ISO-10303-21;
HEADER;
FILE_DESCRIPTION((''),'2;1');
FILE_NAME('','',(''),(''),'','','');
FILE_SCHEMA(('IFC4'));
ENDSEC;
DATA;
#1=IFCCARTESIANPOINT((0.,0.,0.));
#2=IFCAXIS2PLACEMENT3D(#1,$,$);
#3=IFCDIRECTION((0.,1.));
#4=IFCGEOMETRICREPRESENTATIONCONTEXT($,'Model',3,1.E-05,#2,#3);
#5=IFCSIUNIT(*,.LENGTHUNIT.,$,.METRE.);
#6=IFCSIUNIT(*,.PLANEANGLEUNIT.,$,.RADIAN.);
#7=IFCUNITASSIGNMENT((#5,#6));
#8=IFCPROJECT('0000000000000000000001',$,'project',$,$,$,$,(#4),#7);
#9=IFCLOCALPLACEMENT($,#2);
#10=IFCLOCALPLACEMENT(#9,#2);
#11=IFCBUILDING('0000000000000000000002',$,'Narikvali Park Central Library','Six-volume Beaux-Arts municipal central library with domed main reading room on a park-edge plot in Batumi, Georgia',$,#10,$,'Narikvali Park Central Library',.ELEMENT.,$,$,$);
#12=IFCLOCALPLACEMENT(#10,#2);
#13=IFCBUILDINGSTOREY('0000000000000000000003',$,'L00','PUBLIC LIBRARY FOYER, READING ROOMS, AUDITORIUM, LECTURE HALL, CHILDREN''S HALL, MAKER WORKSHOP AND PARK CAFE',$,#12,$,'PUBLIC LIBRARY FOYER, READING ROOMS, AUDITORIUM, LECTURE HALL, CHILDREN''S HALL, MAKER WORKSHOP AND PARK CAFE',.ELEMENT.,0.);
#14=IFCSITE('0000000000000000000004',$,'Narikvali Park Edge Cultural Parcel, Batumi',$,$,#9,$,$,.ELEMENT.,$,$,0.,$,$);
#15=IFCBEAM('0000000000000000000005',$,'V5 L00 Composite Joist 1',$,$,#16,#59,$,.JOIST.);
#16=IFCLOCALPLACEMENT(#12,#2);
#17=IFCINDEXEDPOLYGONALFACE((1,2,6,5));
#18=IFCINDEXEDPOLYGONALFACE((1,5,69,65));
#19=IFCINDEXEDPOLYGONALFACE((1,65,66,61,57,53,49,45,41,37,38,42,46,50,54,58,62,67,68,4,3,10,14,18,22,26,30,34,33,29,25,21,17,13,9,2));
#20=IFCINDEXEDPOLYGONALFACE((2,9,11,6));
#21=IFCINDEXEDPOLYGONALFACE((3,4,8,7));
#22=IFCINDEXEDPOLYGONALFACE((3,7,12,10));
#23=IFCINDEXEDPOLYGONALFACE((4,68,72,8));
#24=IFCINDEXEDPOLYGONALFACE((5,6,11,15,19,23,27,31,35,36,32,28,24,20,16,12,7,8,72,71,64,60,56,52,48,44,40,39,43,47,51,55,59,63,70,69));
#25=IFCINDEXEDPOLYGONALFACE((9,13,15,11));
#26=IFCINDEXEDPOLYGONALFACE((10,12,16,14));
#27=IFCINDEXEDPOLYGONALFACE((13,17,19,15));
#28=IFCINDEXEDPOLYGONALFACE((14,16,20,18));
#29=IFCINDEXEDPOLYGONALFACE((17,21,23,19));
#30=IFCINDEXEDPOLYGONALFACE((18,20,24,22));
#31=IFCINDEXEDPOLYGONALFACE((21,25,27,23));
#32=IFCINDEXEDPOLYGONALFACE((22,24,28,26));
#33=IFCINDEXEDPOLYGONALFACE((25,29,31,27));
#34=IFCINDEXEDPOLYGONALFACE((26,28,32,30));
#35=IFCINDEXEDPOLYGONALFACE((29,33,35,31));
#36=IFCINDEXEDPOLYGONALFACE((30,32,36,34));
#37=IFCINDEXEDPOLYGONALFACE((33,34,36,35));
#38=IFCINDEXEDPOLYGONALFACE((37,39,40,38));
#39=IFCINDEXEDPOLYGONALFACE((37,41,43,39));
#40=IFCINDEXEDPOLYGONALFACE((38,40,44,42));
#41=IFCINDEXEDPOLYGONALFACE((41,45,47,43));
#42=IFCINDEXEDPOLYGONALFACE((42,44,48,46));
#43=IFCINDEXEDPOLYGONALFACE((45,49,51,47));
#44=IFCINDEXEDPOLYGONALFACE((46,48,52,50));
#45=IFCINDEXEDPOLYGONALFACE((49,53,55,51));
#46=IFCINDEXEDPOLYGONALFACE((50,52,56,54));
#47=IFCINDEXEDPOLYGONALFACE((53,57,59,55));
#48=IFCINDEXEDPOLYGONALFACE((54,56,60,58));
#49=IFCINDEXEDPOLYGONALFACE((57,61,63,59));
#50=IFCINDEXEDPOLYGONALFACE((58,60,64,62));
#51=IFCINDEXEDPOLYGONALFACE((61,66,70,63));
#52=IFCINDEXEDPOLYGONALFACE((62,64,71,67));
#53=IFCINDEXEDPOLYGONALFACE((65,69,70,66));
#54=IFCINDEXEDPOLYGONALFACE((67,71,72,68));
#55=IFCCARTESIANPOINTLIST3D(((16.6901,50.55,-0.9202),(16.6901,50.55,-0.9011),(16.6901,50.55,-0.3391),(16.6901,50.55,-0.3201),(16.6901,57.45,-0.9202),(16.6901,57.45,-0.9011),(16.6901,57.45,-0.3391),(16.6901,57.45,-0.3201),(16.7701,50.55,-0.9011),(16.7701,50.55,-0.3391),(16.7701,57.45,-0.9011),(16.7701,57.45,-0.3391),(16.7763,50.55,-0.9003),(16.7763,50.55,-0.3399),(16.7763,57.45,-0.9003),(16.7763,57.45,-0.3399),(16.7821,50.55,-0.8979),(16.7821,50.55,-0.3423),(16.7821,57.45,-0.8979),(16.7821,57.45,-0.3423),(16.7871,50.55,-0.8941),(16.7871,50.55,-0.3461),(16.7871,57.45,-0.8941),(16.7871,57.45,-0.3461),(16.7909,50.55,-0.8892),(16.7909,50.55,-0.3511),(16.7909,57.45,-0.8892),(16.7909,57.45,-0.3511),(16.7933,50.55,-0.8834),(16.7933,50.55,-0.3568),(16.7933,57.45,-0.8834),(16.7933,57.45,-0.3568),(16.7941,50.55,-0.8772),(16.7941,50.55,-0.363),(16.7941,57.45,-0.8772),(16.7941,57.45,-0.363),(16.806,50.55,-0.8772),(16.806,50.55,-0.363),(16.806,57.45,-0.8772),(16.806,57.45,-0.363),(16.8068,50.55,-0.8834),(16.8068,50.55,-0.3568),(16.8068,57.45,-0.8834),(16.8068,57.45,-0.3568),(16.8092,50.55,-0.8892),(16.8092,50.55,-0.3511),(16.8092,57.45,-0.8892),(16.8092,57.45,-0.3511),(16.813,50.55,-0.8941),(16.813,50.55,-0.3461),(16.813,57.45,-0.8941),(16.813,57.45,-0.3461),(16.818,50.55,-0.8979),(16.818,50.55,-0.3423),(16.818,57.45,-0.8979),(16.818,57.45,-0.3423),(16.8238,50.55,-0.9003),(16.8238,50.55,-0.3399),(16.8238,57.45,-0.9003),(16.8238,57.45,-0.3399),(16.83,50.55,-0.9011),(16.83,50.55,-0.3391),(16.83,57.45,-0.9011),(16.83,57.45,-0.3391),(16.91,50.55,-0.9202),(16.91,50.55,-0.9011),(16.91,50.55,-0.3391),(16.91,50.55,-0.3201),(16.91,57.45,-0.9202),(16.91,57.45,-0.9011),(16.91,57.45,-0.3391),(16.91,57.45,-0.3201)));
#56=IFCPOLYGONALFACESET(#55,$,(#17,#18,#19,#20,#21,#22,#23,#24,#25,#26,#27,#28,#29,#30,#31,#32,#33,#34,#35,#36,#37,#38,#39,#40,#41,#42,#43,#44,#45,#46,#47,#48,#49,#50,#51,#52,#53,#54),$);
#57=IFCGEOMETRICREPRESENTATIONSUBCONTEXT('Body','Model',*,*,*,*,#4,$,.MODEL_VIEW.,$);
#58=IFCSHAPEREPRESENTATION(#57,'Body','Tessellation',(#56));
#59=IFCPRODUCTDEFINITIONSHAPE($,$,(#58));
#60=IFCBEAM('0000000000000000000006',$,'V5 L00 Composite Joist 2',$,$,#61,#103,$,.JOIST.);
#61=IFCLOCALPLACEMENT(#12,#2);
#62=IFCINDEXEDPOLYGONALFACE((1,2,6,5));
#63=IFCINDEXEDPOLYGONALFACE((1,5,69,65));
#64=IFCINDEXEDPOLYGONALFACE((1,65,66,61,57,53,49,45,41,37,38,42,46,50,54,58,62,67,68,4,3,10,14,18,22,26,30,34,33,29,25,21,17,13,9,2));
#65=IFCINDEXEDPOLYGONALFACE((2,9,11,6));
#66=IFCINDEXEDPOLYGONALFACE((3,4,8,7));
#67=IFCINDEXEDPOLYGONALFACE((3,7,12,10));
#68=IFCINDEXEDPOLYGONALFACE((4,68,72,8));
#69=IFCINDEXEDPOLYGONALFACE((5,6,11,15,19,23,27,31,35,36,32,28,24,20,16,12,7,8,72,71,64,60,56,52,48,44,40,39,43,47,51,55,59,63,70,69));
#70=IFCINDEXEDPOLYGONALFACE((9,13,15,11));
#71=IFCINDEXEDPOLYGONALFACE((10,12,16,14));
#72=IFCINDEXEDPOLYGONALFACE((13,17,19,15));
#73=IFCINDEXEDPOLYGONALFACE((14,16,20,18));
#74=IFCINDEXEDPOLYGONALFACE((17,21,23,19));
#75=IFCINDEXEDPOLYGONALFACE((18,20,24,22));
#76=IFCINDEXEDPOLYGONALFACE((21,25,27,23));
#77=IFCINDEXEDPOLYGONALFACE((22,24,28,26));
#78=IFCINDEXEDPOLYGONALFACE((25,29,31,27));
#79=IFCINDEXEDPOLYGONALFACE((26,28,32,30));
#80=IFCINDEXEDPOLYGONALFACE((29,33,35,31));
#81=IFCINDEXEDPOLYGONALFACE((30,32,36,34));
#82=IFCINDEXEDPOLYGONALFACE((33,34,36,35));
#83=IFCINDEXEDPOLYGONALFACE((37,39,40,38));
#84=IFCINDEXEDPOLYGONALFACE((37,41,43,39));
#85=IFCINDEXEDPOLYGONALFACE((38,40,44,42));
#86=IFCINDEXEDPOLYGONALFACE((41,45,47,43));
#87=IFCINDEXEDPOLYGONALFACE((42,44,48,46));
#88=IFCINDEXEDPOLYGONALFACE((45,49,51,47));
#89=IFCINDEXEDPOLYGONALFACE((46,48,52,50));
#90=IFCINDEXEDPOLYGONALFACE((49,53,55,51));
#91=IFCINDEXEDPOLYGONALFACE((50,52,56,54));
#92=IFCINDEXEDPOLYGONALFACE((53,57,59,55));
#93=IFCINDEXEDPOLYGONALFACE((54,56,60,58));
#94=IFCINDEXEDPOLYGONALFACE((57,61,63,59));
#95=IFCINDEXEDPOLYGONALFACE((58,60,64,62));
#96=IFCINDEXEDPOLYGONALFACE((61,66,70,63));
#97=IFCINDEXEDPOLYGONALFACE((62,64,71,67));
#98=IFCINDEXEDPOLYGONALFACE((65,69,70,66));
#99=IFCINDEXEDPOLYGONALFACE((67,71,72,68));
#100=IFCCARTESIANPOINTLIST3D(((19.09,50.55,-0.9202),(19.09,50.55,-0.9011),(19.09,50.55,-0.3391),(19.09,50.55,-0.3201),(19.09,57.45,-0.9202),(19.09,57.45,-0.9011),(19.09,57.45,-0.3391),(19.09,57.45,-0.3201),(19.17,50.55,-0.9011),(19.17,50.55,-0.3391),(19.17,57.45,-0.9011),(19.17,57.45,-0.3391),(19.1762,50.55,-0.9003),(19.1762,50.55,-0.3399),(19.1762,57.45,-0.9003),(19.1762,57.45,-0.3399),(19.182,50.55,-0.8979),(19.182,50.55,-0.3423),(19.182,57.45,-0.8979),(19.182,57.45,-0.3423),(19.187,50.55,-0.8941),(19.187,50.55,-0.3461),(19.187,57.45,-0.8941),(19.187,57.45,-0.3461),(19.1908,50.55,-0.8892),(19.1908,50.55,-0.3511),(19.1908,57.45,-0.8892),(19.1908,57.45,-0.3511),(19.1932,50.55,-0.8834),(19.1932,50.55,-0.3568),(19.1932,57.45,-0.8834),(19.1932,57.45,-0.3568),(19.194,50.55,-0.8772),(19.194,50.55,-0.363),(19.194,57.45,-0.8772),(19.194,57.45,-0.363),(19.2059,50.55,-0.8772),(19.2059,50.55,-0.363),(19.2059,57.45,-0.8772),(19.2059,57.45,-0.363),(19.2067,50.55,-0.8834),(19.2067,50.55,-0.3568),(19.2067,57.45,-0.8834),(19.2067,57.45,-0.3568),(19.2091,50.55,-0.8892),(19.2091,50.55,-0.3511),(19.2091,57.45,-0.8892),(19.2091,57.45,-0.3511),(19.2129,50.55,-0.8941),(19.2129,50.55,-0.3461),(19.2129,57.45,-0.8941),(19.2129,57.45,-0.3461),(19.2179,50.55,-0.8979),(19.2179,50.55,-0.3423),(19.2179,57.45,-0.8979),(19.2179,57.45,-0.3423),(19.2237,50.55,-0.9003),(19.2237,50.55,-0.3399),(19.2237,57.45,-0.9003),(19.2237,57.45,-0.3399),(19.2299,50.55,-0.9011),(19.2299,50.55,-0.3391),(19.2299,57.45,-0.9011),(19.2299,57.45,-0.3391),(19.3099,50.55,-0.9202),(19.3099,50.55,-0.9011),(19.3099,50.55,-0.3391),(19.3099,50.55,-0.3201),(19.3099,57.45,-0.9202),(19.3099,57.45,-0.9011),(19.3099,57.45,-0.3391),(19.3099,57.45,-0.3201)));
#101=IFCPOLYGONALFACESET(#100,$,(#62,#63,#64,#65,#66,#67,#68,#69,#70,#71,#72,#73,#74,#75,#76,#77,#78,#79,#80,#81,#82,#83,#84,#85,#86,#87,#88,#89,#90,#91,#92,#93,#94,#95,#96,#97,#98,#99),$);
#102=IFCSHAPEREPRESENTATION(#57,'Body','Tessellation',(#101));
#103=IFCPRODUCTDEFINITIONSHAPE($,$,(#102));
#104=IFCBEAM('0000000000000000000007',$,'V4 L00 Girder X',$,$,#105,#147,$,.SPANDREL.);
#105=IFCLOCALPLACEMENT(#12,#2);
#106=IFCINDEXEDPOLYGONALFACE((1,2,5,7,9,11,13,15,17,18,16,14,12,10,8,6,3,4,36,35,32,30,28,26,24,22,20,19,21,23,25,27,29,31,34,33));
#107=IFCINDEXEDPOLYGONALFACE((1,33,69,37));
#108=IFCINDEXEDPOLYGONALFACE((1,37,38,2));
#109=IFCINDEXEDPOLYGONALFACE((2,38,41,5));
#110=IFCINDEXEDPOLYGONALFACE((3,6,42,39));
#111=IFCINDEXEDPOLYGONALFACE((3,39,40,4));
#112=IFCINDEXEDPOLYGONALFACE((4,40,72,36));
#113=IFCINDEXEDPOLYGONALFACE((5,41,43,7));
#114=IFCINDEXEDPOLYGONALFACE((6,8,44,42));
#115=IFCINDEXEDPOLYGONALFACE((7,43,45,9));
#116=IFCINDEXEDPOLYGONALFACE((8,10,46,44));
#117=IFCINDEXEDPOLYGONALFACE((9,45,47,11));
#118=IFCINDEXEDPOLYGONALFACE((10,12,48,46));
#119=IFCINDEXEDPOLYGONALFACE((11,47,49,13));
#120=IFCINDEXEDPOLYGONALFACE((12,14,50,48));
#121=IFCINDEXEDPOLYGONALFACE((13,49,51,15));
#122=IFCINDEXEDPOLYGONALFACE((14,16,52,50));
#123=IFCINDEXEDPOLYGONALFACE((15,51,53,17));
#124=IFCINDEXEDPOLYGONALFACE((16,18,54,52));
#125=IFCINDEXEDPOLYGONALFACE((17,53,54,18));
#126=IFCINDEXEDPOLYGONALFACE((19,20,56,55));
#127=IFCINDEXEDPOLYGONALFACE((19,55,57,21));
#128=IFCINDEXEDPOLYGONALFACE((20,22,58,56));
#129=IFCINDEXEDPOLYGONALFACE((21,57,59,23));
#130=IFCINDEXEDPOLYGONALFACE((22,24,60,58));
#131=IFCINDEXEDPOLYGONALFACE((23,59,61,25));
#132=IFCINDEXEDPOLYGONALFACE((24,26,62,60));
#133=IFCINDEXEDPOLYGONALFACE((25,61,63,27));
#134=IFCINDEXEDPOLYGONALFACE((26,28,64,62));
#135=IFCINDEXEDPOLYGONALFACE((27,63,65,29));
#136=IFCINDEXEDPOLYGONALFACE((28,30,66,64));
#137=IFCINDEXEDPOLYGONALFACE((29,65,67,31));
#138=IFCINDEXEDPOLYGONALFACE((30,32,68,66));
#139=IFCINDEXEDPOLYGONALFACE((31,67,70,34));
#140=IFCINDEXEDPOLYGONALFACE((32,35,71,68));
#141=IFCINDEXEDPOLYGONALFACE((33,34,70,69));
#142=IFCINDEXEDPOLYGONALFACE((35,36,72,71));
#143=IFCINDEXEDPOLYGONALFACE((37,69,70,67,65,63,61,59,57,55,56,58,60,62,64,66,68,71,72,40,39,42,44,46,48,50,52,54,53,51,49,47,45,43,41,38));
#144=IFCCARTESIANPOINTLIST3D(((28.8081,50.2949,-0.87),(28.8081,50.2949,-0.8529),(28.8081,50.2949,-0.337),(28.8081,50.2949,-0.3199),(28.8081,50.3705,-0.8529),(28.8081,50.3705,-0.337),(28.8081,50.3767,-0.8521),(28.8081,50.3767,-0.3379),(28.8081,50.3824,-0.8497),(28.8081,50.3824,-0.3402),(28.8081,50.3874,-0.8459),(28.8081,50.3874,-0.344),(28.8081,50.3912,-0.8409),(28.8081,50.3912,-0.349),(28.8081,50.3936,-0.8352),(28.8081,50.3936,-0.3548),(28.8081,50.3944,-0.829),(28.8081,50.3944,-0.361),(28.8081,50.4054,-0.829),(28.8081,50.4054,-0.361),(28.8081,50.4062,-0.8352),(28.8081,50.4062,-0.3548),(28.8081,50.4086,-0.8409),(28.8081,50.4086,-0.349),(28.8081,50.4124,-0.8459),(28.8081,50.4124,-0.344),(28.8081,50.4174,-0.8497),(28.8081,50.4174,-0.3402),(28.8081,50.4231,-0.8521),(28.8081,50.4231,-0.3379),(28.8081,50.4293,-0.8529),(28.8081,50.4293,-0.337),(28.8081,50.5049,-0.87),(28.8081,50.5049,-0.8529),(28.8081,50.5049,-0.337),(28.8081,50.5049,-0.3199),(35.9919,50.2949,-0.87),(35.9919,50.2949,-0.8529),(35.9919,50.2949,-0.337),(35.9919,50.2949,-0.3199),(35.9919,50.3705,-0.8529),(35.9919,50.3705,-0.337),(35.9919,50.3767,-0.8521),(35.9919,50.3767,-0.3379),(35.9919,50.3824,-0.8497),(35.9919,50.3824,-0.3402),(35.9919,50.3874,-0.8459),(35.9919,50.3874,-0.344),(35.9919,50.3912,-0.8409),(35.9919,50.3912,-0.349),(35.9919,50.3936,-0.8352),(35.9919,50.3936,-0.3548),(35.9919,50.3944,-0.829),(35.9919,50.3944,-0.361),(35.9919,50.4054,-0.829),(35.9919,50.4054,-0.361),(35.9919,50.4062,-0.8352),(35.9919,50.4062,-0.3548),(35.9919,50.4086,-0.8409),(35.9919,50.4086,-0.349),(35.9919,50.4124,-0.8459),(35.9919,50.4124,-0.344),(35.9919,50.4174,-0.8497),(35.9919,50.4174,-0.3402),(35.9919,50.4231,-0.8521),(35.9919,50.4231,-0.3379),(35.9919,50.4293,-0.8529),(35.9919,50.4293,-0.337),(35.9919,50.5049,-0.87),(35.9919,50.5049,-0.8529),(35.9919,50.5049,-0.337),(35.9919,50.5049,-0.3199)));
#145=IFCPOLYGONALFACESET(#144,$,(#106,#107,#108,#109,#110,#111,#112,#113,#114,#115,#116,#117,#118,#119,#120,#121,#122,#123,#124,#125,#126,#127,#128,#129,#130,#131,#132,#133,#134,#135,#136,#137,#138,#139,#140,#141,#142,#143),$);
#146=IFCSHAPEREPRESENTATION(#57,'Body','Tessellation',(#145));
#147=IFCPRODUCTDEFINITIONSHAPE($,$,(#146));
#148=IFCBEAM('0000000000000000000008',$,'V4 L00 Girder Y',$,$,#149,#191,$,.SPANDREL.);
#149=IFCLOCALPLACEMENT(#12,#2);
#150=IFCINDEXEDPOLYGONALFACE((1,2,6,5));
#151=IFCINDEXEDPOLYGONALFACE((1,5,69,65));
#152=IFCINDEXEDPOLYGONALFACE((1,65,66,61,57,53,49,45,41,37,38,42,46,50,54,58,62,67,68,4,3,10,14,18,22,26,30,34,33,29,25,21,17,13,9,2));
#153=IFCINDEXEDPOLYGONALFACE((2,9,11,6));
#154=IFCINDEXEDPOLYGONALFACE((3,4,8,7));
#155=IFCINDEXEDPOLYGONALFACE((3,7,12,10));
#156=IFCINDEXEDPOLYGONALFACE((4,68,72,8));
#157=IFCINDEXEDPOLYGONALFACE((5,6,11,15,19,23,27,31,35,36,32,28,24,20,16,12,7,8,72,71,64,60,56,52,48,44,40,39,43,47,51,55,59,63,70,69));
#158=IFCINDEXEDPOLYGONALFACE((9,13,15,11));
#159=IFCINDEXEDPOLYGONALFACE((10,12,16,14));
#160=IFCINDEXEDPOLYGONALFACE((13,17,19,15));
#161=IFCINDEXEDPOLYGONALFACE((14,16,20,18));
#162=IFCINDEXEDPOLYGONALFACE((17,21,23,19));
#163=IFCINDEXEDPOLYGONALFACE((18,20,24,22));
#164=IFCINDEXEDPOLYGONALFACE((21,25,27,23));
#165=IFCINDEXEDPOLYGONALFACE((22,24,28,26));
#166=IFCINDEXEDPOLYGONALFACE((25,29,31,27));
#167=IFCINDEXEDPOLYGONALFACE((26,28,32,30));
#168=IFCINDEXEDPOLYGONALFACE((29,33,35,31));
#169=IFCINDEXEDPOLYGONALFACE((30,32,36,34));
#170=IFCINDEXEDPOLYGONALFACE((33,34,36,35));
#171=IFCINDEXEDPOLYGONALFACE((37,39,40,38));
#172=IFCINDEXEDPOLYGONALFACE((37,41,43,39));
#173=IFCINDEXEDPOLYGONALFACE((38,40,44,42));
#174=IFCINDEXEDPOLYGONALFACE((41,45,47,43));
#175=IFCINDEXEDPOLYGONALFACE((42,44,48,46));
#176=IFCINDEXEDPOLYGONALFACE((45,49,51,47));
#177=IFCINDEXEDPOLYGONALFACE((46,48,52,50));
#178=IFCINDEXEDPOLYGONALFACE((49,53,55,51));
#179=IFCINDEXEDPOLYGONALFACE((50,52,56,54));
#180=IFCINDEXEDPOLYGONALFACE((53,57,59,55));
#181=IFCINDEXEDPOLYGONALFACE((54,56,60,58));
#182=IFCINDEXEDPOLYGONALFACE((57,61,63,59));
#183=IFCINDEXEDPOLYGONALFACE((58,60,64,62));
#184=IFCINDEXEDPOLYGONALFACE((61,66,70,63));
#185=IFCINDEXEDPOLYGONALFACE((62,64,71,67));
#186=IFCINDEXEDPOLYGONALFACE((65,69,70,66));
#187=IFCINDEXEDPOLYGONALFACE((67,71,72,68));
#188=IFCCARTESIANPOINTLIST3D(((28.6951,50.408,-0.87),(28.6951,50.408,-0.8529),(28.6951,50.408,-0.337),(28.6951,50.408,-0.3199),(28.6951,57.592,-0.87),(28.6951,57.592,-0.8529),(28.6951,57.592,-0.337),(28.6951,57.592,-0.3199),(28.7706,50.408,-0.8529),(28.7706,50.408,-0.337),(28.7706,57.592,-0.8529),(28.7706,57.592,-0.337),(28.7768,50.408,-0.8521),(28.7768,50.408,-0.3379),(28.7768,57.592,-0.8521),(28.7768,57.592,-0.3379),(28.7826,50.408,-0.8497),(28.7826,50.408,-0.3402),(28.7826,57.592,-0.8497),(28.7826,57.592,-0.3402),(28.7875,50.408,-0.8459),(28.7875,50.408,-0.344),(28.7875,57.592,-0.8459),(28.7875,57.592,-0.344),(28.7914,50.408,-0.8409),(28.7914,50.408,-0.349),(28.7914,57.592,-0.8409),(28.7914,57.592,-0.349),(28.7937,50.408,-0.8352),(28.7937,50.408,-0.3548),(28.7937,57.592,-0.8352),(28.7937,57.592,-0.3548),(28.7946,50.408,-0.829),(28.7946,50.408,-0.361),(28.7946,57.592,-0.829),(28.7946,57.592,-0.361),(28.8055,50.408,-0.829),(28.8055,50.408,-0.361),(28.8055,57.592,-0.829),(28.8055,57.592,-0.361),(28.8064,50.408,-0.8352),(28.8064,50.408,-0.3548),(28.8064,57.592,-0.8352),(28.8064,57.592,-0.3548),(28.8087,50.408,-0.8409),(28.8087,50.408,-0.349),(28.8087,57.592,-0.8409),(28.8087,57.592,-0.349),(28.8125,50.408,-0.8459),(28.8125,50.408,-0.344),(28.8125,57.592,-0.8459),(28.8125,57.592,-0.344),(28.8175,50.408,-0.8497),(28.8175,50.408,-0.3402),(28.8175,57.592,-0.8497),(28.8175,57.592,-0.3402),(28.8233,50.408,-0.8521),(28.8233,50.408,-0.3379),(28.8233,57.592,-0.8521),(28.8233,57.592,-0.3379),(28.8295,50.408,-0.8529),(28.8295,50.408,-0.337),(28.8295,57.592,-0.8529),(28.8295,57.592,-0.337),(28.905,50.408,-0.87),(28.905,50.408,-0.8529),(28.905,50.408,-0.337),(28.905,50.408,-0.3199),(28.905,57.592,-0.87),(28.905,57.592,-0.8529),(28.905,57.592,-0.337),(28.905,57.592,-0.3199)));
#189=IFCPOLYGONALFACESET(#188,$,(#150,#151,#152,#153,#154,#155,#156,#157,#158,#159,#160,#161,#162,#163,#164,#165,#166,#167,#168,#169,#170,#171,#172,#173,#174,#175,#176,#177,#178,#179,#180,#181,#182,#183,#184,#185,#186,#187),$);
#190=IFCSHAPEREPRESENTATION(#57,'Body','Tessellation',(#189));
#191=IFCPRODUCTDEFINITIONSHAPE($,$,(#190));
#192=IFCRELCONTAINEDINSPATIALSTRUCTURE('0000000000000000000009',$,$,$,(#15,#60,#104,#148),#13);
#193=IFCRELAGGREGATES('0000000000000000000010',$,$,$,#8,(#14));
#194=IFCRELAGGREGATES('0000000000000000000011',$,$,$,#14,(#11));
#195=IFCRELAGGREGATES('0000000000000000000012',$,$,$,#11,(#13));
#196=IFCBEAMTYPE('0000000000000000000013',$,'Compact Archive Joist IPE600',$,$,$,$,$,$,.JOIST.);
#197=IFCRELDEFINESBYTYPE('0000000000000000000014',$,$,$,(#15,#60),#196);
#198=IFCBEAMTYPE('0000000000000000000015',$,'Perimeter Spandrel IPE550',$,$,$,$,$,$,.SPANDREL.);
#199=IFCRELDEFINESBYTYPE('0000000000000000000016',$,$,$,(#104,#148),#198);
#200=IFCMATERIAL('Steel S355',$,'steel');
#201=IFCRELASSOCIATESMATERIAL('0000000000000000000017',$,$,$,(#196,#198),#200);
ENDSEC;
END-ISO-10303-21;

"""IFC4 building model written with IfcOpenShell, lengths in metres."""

from ifc_helpers import new_model, si_unit, direction, frame, origin, origin_2d, place, context, subcontext, project, spatial, i_section, extrude, material, material_profile, profile_set, type_object, element, save


model = new_model("IFC4")

# Units and contexts
model_context = context("Model", 3, precision=1e-05, world=origin(), true_north=direction((0.0, 1.0)))
body_context = subcontext(model_context, "Body", "Model", "MODEL_VIEW")
ifc_project = project(units=[si_unit("LENGTHUNIT", "METRE"), si_unit("PLANEANGLEUNIT", "RADIAN")], contexts=[model_context])

# Site, building, storey
site_placement = place(None, origin())
site = spatial("IfcSite", under=ifc_project, at=site_placement, Name="Narikvali Park Edge Cultural Parcel, Batumi", CompositionType="ELEMENT", RefElevation=0.0)
building_placement = place(site_placement, origin())
building = spatial("IfcBuilding", under=site, at=building_placement, Name="Narikvali Park Central Library", Description="Six-volume Beaux-Arts municipal central library with domed main reading room on a park-edge plot in Batumi, Georgia", LongName="Narikvali Park Central Library", CompositionType="ELEMENT")
storey_placement = place(building_placement, origin())
storey = spatial("IfcBuildingStorey", under=building, at=storey_placement, Name="L00", Description="PUBLIC LIBRARY FOYER, READING ROOMS, AUDITORIUM, LECTURE HALL, CHILDREN'S HALL, MAKER WORKSHOP AND PARK CAFE", LongName="PUBLIC LIBRARY FOYER, READING ROOMS, AUDITORIUM, LECTURE HALL, CHILDREN'S HALL, MAKER WORKSHOP AND PARK CAFE", CompositionType="ELEMENT", Elevation=0.0)

# Shared definitions
ifc_material_1 = material(Name="Steel S355", Category="steel")

# Beams
ifc_material_profile_1 = material_profile(ifc_material_1, i_section(OverallWidth=0.22, OverallDepth=0.6001, WebThickness=0.012, FlangeThickness=0.019, FilletRadius=0.0239, at=origin_2d()), Name="IPE 600")
ifc_profile_set_1 = profile_set([ifc_material_profile_1], Name="Steel S355")
beam_type_1 = type_object("IfcBeamType", Name="Compact Archive Joist IPE600", PredefinedType="JOIST", material=ifc_profile_set_1)
for number, where, z_axis, x_axis, name in (
    (1, (16.8, 50.55, -0.6201), (0.0, 1.0, 0.0), (-1.0, 0.0, 0.0), "V5 L00 Composite Joist 1"),
    (2, (19.2, 50.55, -0.6201), (0.0, 1.0, 0.0), (-1.0, 0.0, 0.0), "V5 L00 Composite Joist 2"),
):
    element("IfcBeam", number, at=place(storey_placement, frame(where, z_axis=z_axis, x_axis=x_axis)), inside=storey, type_object=beam_type_1, Name=name, PredefinedType="JOIST", context=body_context, shape_type="SweptSolid", body=[
        extrude(i_section(OverallWidth=0.22, OverallDepth=0.6001, WebThickness=0.012, FlangeThickness=0.019, FilletRadius=0.0239, at=origin_2d()), origin(), (0.0, 0.0, 1.0), 6.8999),
    ])
ifc_material_profile_2 = material_profile(ifc_material_1, i_section(OverallWidth=0.21, OverallDepth=0.55, WebThickness=0.011, FlangeThickness=0.0171, FilletRadius=0.0239, at=origin_2d()), Name="IPE 550")
ifc_profile_set_2 = profile_set([ifc_material_profile_2], Name="Steel S355")
beam_type_2 = type_object("IfcBeamType", Name="Perimeter Spandrel IPE550", PredefinedType="SPANDREL", material=ifc_profile_set_2)
beam_1_placement = place(storey_placement, frame((28.8081, 50.3999, -0.595), z_axis=(1.0, 0.0, 0.0), x_axis=(0.0, 1.0, 0.0)))
element("IfcBeam", 3, at=beam_1_placement, inside=storey, type_object=beam_type_2, Name="V4 L00 Girder X", PredefinedType="SPANDREL", context=body_context, shape_type="SweptSolid", body=[
    extrude(i_section(OverallWidth=0.21, OverallDepth=0.55, WebThickness=0.011, FlangeThickness=0.0171, FilletRadius=0.0239, at=origin_2d()), origin(), (0.0, 0.0, 1.0), 7.1838),
])
beam_2_placement = place(storey_placement, frame((28.8, 50.408, -0.595), z_axis=(0.0, 1.0, 0.0), x_axis=(-1.0, 0.0, 0.0)))
element("IfcBeam", 4, at=beam_2_placement, inside=storey, type_object=beam_type_2, Name="V4 L00 Girder Y", PredefinedType="SPANDREL", context=body_context, shape_type="SweptSolid", body=[
    extrude(i_section(OverallWidth=0.21, OverallDepth=0.55, WebThickness=0.011, FlangeThickness=0.0171, FilletRadius=0.0239, at=origin_2d()), origin(), (0.0, 0.0, 1.0), 7.1841),
])

save(model, "model.ifc")
